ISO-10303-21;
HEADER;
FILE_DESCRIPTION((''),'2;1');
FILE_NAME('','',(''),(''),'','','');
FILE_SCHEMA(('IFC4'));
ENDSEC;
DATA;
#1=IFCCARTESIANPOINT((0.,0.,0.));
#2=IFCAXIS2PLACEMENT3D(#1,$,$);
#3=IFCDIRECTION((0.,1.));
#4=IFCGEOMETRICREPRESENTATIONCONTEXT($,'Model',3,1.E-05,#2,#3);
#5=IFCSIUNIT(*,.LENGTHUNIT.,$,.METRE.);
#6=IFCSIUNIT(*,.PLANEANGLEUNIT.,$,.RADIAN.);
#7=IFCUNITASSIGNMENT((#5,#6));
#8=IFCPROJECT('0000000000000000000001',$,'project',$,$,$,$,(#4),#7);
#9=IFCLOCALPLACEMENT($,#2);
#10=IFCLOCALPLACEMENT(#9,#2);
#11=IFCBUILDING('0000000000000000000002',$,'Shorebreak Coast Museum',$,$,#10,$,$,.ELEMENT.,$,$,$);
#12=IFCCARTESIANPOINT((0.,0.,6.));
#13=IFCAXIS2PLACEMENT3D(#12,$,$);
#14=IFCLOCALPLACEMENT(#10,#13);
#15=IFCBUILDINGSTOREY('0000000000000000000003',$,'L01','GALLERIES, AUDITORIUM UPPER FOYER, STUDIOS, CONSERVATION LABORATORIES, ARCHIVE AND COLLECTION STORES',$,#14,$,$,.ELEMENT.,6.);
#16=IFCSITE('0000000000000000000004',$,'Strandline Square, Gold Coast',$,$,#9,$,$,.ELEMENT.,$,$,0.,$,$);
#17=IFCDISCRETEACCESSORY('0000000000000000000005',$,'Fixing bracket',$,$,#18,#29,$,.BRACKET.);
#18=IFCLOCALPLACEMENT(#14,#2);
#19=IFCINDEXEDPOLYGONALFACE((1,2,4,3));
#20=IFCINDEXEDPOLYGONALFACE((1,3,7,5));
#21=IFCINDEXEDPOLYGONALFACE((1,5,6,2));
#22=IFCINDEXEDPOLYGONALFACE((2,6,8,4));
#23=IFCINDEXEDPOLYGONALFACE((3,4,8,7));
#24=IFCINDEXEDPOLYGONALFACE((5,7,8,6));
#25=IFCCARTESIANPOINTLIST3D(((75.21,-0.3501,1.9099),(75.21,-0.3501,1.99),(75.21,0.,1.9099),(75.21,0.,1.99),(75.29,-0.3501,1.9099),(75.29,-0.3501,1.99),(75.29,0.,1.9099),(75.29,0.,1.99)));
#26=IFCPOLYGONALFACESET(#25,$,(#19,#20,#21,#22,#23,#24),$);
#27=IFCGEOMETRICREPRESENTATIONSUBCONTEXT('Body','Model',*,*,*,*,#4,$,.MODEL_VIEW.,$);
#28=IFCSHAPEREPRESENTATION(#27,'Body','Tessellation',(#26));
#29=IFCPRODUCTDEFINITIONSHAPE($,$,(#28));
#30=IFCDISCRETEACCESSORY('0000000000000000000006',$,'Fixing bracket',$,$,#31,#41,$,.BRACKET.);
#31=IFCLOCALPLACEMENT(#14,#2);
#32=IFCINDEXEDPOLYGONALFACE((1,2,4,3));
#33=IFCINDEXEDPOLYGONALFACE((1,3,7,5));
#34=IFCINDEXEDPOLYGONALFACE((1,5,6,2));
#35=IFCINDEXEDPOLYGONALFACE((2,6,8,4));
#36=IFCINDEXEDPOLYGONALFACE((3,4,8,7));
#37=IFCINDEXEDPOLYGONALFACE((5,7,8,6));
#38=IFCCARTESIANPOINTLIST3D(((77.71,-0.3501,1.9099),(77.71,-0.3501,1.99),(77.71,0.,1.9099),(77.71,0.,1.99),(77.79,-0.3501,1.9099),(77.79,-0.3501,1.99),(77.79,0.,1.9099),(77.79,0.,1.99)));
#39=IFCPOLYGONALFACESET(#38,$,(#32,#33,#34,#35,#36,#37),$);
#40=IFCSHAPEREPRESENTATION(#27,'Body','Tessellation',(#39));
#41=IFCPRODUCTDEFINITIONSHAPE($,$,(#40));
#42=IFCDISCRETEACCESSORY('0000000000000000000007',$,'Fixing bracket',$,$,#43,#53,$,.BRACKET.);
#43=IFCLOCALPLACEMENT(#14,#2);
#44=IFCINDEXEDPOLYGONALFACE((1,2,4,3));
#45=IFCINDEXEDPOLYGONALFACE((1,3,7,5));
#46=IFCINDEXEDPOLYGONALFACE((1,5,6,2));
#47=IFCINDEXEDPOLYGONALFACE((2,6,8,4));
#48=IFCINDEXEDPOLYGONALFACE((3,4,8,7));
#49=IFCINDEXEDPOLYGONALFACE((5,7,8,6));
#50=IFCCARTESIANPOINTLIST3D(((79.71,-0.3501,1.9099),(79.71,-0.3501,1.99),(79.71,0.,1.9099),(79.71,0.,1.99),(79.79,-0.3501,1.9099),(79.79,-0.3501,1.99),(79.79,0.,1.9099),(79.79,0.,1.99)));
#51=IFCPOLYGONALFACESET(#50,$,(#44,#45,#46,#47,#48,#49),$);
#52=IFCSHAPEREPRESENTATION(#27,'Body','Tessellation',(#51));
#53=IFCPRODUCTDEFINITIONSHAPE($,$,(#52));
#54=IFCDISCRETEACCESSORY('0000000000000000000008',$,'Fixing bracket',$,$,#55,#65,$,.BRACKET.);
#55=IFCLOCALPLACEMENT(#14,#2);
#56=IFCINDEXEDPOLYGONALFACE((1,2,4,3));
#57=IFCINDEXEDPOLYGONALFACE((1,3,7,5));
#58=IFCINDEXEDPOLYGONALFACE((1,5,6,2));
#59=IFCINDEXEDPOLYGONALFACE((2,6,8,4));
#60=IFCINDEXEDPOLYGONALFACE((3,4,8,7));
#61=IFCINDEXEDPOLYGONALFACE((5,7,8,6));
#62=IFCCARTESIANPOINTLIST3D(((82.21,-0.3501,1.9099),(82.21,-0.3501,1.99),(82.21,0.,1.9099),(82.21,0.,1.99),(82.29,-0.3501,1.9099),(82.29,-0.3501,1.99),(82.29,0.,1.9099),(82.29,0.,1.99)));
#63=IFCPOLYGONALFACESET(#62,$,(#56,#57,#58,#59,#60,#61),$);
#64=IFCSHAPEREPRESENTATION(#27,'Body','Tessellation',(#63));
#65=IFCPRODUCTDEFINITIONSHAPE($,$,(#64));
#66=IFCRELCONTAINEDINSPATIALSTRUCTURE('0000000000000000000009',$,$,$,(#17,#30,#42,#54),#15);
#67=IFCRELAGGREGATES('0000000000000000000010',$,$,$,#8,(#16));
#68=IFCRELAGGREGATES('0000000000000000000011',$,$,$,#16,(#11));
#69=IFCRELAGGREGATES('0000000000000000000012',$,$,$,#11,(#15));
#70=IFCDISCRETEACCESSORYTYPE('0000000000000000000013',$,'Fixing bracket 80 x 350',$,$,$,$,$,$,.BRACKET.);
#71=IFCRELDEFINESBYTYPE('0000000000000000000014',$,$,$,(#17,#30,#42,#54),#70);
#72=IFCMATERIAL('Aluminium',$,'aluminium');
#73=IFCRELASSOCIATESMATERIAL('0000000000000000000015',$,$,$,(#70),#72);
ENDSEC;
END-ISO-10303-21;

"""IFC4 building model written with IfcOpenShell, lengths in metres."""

from ifc_helpers import new_model, si_unit, direction, frame, origin, origin_2d, place, context, subcontext, project, spatial, rectangle, extrude, material, type_object, element, save


model = new_model("IFC4")

# Units and contexts
model_context = context("Model", 3, precision=1e-05, world=origin(), true_north=direction((0.0, 1.0)))
body_context = subcontext(model_context, "Body", "Model", "MODEL_VIEW")
ifc_project = project(units=[si_unit("LENGTHUNIT", "METRE"), si_unit("PLANEANGLEUNIT", "RADIAN")], contexts=[model_context])

# Site, building, storey
site_placement = place(None, origin())
site = spatial("IfcSite", under=ifc_project, at=site_placement, Name="Strandline Square, Gold Coast", CompositionType="ELEMENT", RefElevation=0.0)
building_placement = place(site_placement, origin())
building = spatial("IfcBuilding", under=site, at=building_placement, Name="Shorebreak Coast Museum", CompositionType="ELEMENT")
storey_placement = place(building_placement, frame((0.0, 0.0, 6.0)))
storey = spatial("IfcBuildingStorey", under=building, at=storey_placement, Name="L01", Description="GALLERIES, AUDITORIUM UPPER FOYER, STUDIOS, CONSERVATION LABORATORIES, ARCHIVE AND COLLECTION STORES", CompositionType="ELEMENT", Elevation=6.0)

# Discrete accessories
ifc_material_1 = material(Name="Aluminium", Category="aluminium")
discrete_accessory_type = type_object("IfcDiscreteAccessoryType", Name="Fixing bracket 80 x 350", PredefinedType="BRACKET", material=ifc_material_1)
for number, where, z_axis, x_axis, name in (
    (1, (75.25, -0.175, 1.9099), (0.0, 0.0, 1.0), (1.0, 0.0, 0.0), "Fixing bracket"),
    (2, (77.75, -0.175, 1.9099), (0.0, 0.0, 1.0), (1.0, 0.0, 0.0), "Fixing bracket"),
    (3, (79.75, -0.175, 1.9099), (0.0, 0.0, 1.0), (1.0, 0.0, 0.0), "Fixing bracket"),
    (4, (82.25, -0.175, 1.9099), (0.0, 0.0, 1.0), (1.0, 0.0, 0.0), "Fixing bracket"),
):
    element("IfcDiscreteAccessory", number, at=place(storey_placement, frame(where, z_axis=z_axis, x_axis=x_axis)), inside=storey, type_object=discrete_accessory_type, Name=name, PredefinedType="BRACKET", context=body_context, shape_type="SweptSolid", body=[
        extrude(rectangle(XDim=0.0801, YDim=0.3501, at=origin_2d()), origin(), (0.0, 0.0, 1.0), 0.0801),
    ])

save(model, "model.ifc")
